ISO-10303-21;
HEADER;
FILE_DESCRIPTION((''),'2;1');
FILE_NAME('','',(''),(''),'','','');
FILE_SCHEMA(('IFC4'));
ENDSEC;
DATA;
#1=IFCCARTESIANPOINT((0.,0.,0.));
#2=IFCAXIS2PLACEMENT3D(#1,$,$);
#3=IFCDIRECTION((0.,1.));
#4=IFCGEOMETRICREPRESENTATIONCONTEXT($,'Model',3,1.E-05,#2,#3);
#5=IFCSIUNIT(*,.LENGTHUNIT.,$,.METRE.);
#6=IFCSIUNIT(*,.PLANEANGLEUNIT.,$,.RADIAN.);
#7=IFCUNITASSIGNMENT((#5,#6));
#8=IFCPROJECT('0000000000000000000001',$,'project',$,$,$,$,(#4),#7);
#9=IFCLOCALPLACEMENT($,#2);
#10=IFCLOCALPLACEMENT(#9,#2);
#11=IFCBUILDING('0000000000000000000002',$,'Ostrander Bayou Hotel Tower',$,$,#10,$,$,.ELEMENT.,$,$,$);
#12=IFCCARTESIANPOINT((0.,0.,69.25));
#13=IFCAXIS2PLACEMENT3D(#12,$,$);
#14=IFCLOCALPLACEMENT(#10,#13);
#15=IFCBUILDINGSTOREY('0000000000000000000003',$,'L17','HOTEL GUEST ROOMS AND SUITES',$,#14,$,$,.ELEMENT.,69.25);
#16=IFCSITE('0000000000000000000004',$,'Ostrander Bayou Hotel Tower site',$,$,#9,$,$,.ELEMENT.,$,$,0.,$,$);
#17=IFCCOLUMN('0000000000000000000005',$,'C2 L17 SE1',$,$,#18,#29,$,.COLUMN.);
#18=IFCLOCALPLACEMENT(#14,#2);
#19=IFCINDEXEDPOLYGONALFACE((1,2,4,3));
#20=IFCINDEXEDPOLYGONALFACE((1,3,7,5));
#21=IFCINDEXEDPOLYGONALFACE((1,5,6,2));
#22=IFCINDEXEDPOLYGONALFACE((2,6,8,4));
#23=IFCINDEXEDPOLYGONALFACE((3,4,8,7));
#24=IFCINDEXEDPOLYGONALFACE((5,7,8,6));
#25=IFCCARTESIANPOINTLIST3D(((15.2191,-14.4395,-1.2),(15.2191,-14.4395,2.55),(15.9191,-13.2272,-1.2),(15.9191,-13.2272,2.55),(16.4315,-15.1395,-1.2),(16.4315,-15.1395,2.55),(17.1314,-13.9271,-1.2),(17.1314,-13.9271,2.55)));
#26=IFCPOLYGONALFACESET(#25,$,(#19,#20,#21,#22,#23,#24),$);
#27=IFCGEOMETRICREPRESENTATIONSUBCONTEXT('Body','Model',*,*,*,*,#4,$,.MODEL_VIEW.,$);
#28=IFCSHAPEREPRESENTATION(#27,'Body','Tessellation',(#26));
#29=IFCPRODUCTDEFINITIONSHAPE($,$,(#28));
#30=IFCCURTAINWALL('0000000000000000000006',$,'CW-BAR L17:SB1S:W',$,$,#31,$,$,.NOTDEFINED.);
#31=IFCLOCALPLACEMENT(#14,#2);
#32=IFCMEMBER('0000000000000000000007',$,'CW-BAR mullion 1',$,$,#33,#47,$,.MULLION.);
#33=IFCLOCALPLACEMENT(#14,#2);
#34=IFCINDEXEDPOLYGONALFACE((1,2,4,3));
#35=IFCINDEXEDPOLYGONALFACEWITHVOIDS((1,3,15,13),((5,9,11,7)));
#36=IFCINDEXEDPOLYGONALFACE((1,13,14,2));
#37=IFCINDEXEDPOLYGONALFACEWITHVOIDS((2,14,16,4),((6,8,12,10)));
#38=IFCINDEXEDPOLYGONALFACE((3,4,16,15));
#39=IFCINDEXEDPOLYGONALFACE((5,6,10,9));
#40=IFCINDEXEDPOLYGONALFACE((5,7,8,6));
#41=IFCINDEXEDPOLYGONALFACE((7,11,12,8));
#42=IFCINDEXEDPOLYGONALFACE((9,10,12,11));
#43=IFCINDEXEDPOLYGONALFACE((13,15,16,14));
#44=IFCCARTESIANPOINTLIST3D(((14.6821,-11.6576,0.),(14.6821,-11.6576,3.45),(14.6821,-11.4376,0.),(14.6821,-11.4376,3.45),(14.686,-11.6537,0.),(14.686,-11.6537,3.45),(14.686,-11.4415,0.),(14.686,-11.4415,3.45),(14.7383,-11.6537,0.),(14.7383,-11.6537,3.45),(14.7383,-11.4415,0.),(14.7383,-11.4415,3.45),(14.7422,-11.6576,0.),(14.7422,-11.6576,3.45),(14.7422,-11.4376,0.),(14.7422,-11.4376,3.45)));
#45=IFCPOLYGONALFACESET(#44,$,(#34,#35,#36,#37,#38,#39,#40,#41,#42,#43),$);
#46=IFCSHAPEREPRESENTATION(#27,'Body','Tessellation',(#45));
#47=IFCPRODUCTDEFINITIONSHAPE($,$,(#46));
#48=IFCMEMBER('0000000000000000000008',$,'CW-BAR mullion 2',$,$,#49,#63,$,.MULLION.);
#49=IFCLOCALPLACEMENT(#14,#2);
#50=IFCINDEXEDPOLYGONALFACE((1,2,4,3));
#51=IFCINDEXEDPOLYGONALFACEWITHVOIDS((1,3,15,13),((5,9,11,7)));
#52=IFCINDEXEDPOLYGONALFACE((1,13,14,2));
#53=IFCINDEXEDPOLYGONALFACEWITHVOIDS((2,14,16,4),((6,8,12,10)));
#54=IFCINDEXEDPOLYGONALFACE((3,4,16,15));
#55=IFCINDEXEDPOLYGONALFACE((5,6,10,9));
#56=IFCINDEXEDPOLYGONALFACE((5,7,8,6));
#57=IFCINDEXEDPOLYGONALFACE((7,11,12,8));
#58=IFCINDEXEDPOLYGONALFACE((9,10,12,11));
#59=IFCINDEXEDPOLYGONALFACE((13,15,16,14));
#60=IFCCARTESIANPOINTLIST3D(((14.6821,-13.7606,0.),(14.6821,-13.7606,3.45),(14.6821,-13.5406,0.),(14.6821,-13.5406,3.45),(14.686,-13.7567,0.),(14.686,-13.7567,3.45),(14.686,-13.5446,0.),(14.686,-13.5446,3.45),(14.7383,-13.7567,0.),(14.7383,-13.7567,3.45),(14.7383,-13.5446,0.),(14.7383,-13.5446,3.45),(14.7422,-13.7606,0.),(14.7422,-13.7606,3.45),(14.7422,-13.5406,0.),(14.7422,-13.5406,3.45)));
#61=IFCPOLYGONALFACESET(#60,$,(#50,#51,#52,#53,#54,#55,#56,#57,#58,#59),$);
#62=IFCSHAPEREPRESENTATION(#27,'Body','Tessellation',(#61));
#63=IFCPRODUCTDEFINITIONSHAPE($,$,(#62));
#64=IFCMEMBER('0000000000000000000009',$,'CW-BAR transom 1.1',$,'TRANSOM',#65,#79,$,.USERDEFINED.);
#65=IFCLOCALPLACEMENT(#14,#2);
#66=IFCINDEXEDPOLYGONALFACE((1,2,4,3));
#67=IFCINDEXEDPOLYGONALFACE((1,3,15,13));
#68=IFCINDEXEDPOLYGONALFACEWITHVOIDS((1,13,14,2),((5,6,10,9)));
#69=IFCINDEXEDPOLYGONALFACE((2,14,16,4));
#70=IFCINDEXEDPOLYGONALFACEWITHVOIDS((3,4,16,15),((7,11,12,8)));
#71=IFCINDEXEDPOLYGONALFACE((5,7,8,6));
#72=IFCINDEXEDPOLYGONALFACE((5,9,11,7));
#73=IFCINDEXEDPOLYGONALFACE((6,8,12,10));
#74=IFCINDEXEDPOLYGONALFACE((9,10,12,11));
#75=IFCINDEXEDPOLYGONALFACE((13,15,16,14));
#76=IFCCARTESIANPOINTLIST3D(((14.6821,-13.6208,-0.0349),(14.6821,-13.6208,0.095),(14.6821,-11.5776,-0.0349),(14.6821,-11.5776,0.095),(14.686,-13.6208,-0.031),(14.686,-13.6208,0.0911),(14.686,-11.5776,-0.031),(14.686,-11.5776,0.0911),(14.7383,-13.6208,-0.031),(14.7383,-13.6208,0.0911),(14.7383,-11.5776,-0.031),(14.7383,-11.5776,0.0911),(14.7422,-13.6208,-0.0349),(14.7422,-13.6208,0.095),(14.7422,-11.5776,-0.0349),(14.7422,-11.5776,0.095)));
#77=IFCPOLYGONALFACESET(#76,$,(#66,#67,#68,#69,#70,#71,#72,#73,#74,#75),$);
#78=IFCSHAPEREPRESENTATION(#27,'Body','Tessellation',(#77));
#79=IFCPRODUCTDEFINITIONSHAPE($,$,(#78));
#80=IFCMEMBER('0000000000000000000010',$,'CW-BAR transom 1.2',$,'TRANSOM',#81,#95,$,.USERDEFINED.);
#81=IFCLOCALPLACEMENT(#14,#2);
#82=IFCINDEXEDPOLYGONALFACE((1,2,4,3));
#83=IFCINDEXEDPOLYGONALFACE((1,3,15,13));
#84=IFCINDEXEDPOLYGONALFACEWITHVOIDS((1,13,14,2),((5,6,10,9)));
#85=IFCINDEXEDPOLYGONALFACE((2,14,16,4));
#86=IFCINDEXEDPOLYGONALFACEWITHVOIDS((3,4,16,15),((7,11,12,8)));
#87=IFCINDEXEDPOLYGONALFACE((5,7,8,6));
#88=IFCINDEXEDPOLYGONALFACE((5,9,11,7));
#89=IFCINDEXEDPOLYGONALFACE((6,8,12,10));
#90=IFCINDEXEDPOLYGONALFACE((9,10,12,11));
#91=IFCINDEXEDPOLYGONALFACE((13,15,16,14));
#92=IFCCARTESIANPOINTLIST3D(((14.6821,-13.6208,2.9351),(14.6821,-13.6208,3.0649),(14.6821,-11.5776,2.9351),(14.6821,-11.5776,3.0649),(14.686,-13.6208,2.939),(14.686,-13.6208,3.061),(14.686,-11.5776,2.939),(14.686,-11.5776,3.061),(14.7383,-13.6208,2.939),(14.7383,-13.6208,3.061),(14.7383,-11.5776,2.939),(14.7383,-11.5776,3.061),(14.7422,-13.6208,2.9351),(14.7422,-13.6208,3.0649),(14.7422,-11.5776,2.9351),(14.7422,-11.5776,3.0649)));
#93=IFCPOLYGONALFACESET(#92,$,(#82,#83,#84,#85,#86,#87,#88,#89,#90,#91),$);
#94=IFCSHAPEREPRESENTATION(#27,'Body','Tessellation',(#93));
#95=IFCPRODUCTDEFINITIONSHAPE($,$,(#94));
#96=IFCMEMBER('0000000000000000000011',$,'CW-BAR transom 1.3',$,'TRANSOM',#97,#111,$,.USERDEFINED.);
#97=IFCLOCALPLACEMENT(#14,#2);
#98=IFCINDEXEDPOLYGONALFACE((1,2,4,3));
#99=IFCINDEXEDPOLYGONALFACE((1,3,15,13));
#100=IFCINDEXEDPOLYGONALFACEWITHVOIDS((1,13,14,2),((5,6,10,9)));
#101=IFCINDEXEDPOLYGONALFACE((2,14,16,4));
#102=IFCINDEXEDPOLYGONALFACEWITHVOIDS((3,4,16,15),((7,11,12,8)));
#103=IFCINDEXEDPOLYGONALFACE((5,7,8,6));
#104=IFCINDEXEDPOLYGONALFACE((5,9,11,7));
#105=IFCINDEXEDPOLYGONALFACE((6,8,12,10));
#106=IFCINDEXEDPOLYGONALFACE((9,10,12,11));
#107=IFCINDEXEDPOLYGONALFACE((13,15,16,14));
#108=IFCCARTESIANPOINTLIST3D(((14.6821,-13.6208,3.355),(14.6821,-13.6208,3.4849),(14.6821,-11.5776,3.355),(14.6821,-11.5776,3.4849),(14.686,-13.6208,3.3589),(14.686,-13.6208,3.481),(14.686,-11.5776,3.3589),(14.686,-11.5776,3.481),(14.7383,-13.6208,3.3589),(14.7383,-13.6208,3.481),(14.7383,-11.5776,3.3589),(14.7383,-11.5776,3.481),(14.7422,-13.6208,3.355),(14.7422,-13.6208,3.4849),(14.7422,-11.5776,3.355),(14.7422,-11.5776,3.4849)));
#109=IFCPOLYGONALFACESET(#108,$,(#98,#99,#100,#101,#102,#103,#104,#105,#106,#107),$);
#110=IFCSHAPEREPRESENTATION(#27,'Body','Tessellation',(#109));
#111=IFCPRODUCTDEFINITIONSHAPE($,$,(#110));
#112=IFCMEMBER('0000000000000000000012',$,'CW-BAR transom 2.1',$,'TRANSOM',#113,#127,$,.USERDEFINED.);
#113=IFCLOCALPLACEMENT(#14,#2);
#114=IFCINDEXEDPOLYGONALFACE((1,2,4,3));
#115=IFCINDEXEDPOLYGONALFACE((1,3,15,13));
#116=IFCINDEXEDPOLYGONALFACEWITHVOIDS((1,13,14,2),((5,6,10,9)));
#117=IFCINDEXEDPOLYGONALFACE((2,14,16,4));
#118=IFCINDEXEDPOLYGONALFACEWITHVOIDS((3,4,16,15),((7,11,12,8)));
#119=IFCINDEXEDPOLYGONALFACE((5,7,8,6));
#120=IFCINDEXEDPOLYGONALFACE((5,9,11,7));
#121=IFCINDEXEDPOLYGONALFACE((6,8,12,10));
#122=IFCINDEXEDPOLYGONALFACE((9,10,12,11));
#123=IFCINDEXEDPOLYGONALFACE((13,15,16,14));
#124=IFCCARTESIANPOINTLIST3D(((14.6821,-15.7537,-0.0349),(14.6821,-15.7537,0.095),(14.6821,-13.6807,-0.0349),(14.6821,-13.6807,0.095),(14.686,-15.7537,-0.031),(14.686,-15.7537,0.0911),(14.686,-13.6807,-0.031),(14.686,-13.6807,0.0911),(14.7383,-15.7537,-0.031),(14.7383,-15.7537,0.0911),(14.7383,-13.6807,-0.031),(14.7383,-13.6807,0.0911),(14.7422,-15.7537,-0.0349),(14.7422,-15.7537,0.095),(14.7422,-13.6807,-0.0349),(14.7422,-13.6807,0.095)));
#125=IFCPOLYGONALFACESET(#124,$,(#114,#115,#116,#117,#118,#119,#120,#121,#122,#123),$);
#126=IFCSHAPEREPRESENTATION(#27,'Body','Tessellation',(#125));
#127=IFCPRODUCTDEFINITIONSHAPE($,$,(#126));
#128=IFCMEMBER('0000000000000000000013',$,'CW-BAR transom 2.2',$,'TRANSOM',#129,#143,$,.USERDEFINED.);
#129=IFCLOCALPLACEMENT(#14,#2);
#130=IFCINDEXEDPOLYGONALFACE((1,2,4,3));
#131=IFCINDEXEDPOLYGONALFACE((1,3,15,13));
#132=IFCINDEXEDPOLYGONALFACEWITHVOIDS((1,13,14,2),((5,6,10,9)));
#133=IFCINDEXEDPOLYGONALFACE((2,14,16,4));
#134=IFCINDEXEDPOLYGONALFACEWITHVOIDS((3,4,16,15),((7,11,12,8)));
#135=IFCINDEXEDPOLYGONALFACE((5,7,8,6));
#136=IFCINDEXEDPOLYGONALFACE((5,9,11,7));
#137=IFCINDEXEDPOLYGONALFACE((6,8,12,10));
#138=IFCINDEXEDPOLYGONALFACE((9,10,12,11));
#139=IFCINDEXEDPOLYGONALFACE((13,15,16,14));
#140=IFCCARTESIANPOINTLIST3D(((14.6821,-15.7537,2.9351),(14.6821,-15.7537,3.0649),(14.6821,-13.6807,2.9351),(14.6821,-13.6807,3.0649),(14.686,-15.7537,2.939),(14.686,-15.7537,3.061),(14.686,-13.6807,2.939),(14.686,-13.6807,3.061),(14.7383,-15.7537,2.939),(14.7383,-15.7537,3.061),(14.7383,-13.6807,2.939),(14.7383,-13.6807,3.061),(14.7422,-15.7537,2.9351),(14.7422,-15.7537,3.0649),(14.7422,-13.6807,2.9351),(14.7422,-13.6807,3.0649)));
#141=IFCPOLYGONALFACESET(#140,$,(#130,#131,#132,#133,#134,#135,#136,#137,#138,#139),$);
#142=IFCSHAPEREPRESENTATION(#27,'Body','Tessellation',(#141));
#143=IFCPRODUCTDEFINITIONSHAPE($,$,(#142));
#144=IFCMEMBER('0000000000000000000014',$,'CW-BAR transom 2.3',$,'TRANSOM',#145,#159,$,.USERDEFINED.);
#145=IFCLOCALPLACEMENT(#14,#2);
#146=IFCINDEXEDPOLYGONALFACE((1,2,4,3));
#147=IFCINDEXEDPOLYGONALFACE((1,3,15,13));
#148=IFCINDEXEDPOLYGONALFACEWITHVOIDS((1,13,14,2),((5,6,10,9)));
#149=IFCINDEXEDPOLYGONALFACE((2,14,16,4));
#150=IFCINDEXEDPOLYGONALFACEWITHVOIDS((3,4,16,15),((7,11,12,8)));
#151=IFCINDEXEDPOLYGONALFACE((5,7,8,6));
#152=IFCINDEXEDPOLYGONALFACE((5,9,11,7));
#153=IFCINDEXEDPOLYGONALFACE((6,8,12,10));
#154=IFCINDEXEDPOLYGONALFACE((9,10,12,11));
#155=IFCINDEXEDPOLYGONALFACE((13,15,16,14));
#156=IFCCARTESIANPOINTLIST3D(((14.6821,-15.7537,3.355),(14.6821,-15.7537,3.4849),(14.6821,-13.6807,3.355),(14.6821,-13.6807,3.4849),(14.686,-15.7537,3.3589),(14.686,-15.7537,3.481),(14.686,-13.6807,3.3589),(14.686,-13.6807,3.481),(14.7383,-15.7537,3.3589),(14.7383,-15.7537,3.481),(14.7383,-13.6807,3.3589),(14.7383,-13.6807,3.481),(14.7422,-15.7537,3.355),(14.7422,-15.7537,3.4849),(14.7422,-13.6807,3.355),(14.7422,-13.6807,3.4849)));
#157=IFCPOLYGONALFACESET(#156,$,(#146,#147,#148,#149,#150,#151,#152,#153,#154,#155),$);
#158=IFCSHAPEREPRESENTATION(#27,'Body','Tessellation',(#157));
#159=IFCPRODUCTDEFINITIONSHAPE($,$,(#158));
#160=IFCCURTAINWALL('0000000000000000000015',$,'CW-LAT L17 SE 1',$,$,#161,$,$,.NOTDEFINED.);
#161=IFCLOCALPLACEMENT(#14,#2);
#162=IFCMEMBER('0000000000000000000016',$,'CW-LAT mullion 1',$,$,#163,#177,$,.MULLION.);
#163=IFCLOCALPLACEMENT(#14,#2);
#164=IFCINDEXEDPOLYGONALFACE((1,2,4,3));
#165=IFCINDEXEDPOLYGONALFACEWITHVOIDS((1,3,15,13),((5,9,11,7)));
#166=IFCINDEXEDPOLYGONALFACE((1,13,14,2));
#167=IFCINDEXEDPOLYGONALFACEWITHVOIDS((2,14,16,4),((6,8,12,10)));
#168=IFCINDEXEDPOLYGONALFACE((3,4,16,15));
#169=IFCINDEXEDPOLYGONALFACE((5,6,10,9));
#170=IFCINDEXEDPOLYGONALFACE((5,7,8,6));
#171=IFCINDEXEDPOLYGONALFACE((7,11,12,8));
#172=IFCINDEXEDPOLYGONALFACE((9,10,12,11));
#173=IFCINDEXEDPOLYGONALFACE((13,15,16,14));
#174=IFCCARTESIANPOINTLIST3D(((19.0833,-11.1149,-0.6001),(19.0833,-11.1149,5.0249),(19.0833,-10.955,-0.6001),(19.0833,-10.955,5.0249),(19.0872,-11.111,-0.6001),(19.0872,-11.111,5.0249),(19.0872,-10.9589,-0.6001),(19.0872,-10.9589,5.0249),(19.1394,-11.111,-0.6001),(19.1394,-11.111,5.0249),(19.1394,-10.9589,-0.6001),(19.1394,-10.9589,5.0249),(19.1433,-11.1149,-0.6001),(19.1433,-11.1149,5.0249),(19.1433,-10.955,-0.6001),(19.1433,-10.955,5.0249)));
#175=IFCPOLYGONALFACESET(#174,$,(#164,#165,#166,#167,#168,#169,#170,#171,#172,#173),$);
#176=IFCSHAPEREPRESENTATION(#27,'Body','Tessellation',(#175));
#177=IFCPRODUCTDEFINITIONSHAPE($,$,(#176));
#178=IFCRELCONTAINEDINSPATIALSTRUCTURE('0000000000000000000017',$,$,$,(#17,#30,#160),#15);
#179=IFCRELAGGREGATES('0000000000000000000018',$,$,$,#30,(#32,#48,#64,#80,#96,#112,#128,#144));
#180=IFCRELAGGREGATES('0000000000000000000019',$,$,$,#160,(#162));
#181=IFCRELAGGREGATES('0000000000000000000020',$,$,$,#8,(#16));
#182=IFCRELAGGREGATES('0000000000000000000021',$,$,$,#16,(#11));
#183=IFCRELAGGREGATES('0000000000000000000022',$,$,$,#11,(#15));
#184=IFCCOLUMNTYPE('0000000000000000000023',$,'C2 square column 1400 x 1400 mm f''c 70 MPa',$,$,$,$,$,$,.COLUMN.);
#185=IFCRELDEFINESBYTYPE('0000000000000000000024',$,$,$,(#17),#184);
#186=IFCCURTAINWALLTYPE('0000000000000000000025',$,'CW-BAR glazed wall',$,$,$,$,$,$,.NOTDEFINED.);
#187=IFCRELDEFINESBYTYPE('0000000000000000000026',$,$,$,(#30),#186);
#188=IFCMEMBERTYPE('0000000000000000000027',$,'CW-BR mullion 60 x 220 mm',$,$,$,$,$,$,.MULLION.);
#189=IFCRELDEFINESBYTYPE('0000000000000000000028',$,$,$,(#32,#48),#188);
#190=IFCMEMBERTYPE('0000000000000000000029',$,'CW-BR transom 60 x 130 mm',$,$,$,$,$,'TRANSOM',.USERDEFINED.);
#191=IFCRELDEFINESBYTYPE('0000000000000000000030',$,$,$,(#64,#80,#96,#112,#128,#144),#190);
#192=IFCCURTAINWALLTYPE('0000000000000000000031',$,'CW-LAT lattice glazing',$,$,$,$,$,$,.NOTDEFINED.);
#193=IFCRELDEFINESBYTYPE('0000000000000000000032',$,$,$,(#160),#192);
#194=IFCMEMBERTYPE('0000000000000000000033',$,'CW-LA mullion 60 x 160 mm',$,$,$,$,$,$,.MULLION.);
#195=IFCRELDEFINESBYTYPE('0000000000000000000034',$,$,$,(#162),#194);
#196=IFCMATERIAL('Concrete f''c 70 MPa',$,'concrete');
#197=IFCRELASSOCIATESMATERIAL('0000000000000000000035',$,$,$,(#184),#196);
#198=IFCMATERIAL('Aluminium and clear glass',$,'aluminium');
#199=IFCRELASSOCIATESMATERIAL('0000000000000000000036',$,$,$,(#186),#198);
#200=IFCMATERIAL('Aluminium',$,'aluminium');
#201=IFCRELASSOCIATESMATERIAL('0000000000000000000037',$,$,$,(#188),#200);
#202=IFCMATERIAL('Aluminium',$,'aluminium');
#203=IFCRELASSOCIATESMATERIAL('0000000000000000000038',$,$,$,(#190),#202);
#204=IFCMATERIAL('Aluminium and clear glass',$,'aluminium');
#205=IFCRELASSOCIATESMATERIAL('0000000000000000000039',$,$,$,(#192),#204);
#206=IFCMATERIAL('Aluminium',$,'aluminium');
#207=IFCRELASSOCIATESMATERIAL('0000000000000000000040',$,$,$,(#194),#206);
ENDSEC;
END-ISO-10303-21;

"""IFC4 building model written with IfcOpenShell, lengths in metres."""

from ifc_helpers import new_model, si_unit, direction, frame, origin, origin_2d, place, context, subcontext, project, spatial, rectangle, hollow_rectangle, extrude, material, material_profile, profile_set, type_object, element, aggregate, save


model = new_model("IFC4")

# Units and contexts
model_context = context("Model", 3, precision=1e-05, world=origin(), true_north=direction((0.0, 1.0)))
body_context = subcontext(model_context, "Body", "Model", "MODEL_VIEW")
ifc_project = project(units=[si_unit("LENGTHUNIT", "METRE"), si_unit("PLANEANGLEUNIT", "RADIAN")], contexts=[model_context])

# Site, building, storey
site_placement = place(None, origin())
site = spatial("IfcSite", under=ifc_project, at=site_placement, Name="Ostrander Bayou Hotel Tower site", CompositionType="ELEMENT", RefElevation=0.0)
building_placement = place(site_placement, origin())
building = spatial("IfcBuilding", under=site, at=building_placement, Name="Ostrander Bayou Hotel Tower", CompositionType="ELEMENT")
storey_placement = place(building_placement, frame((0.0, 0.0, 69.25)))
storey = spatial("IfcBuildingStorey", under=building, at=storey_placement, Name="L17", Description="HOTEL GUEST ROOMS AND SUITES", CompositionType="ELEMENT", Elevation=69.25)

# Column
ifc_material_1 = material(Name="Concrete f'c 70 MPa", Category="concrete")
ifc_material_profile_1 = material_profile(ifc_material_1, rectangle(XDim=1.3999, YDim=1.3999, at=origin_2d()))
ifc_profile_set_1 = profile_set([ifc_material_profile_1], Name="Concrete f'c 70 MPa")
column_type = type_object("IfcColumnType", Name="C2 square column 1400 x 1400 mm f'c 70 MPa", PredefinedType="COLUMN", material=ifc_profile_set_1)
column_placement = place(storey_placement, frame((16.1753, -14.1833, -1.2), z_axis=(0.0, 0.0, 1.0), x_axis=(-0.5, -0.866025, 0.0)))
element("IfcColumn", 1, at=column_placement, inside=storey, type_object=column_type, Name="C2 L17 SE1", PredefinedType="COLUMN", context=body_context, shape_type="SweptSolid", body=[
    extrude(rectangle(XDim=1.3999, YDim=1.3999, at=origin_2d()), origin(), (0.0, 0.0, 1.0), 3.75),
])

# Curtain wall, members
ifc_material_2 = material(Name="Aluminium and clear glass", Category="aluminium")
curtain_wall_type_1 = type_object("IfcCurtainWallType", Name="CW-BAR glazed wall", PredefinedType="NOTDEFINED", material=ifc_material_2)
curtain_wall_1_placement = place(storey_placement, origin())
curtain_wall_1 = element("IfcCurtainWall", 2, at=curtain_wall_1_placement, inside=storey, type_object=curtain_wall_type_1, Name="CW-BAR L17:SB1S:W", PredefinedType="NOTDEFINED")
ifc_material_3 = material(Name="Aluminium", Category="aluminium")
ifc_material_profile_2 = material_profile(ifc_material_3, hollow_rectangle(XDim=0.0601, YDim=0.22, WallThickness=0.0039, at=origin_2d()))
ifc_profile_set_2 = profile_set([ifc_material_profile_2], Name="Aluminium")
member_type_1 = type_object("IfcMemberType", Name="CW-BR mullion 60 x 220 mm", PredefinedType="MULLION", material=ifc_profile_set_2)
member_1_placement = place(storey_placement, frame((14.7122, -11.5476, 0.0), z_axis=(0.0, 0.0, 1.0), x_axis=(1.0, 0.0, 0.0)))
member_1 = element("IfcMember", 3, at=member_1_placement, type_object=member_type_1, Name="CW-BAR mullion 1", PredefinedType="MULLION", context=body_context, shape_type="SweptSolid", body=[
    extrude(hollow_rectangle(XDim=0.0601, YDim=0.22, WallThickness=0.0039, at=origin_2d()), origin(), (0.0, 0.0, 1.0), 3.45),
])
member_2_placement = place(storey_placement, frame((14.7122, -13.6506, 0.0), z_axis=(0.0, 0.0, 1.0), x_axis=(1.0, 0.0, 0.0)))
member_2 = element("IfcMember", 4, at=member_2_placement, type_object=member_type_1, Name="CW-BAR mullion 2", PredefinedType="MULLION", context=body_context, shape_type="SweptSolid", body=[
    extrude(hollow_rectangle(XDim=0.0601, YDim=0.22, WallThickness=0.0039, at=origin_2d()), origin(), (0.0, 0.0, 1.0), 3.45),
])
ifc_material_4 = material(Name="Aluminium", Category="aluminium")
ifc_material_profile_3 = material_profile(ifc_material_4, hollow_rectangle(XDim=0.0601, YDim=0.1299, WallThickness=0.0039, at=origin_2d()))
ifc_profile_set_3 = profile_set([ifc_material_profile_3], Name="Aluminium")
member_type_2 = type_object("IfcMemberType", Name="CW-BR transom 60 x 130 mm", ElementType="TRANSOM", PredefinedType="USERDEFINED", material=ifc_profile_set_3)
member_3_placement = place(storey_placement, frame((14.7122, -11.5776, 0.03), z_axis=(0.0, -1.0, 0.0), x_axis=(1.0, 0.0, 0.0)))
member_3 = element("IfcMember", 5, at=member_3_placement, type_object=member_type_2, Name="CW-BAR transom 1.1", ObjectType="TRANSOM", PredefinedType="USERDEFINED", context=body_context, shape_type="SweptSolid", body=[
    extrude(hollow_rectangle(XDim=0.0601, YDim=0.1299, WallThickness=0.0039, at=origin_2d()), origin(), (0.0, 0.0, 1.0), 2.0432),
])
member_4_placement = place(storey_placement, frame((14.7122, -11.5776, 3.0), z_axis=(0.0, -1.0, 0.0), x_axis=(1.0, 0.0, 0.0)))
member_4 = element("IfcMember", 6, at=member_4_placement, type_object=member_type_2, Name="CW-BAR transom 1.2", ObjectType="TRANSOM", PredefinedType="USERDEFINED", context=body_context, shape_type="SweptSolid", body=[
    extrude(hollow_rectangle(XDim=0.0601, YDim=0.1299, WallThickness=0.0039, at=origin_2d()), origin(), (0.0, 0.0, 1.0), 2.0432),
])
member_5_placement = place(storey_placement, frame((14.7122, -11.5776, 3.4199), z_axis=(0.0, -1.0, 0.0), x_axis=(1.0, 0.0, 0.0)))
member_5 = element("IfcMember", 7, at=member_5_placement, type_object=member_type_2, Name="CW-BAR transom 1.3", ObjectType="TRANSOM", PredefinedType="USERDEFINED", context=body_context, shape_type="SweptSolid", body=[
    extrude(hollow_rectangle(XDim=0.0601, YDim=0.1299, WallThickness=0.0039, at=origin_2d()), origin(), (0.0, 0.0, 1.0), 2.0432),
])
member_6_placement = place(storey_placement, frame((14.7122, -13.6807, 0.03), z_axis=(0.0, -1.0, 0.0), x_axis=(1.0, 0.0, 0.0)))
member_6 = element("IfcMember", 8, at=member_6_placement, type_object=member_type_2, Name="CW-BAR transom 2.1", ObjectType="TRANSOM", PredefinedType="USERDEFINED", context=body_context, shape_type="SweptSolid", body=[
    extrude(hollow_rectangle(XDim=0.0601, YDim=0.1299, WallThickness=0.0039, at=origin_2d()), origin(), (0.0, 0.0, 1.0), 2.073),
])
member_7_placement = place(storey_placement, frame((14.7122, -13.6807, 3.0), z_axis=(0.0, -1.0, 0.0), x_axis=(1.0, 0.0, 0.0)))
member_7 = element("IfcMember", 9, at=member_7_placement, type_object=member_type_2, Name="CW-BAR transom 2.2", ObjectType="TRANSOM", PredefinedType="USERDEFINED", context=body_context, shape_type="SweptSolid", body=[
    extrude(hollow_rectangle(XDim=0.0601, YDim=0.1299, WallThickness=0.0039, at=origin_2d()), origin(), (0.0, 0.0, 1.0), 2.073),
])
member_8_placement = place(storey_placement, frame((14.7122, -13.6807, 3.4199), z_axis=(0.0, -1.0, 0.0), x_axis=(1.0, 0.0, 0.0)))
member_8 = element("IfcMember", 10, at=member_8_placement, type_object=member_type_2, Name="CW-BAR transom 2.3", ObjectType="TRANSOM", PredefinedType="USERDEFINED", context=body_context, shape_type="SweptSolid", body=[
    extrude(hollow_rectangle(XDim=0.0601, YDim=0.1299, WallThickness=0.0039, at=origin_2d()), origin(), (0.0, 0.0, 1.0), 2.073),
])

# Curtain wall, member
ifc_material_5 = material(Name="Aluminium and clear glass", Category="aluminium")
curtain_wall_type_2 = type_object("IfcCurtainWallType", Name="CW-LAT lattice glazing", PredefinedType="NOTDEFINED", material=ifc_material_5)
curtain_wall_2_placement = place(storey_placement, origin())
curtain_wall_2 = element("IfcCurtainWall", 11, at=curtain_wall_2_placement, inside=storey, type_object=curtain_wall_type_2, Name="CW-LAT L17 SE 1", PredefinedType="NOTDEFINED")
ifc_material_6 = material(Name="Aluminium", Category="aluminium")
ifc_material_profile_4 = material_profile(ifc_material_6, hollow_rectangle(XDim=0.0601, YDim=0.1599, WallThickness=0.0039, at=origin_2d()))
ifc_profile_set_4 = profile_set([ifc_material_profile_4], Name="Aluminium")
member_type_3 = type_object("IfcMemberType", Name="CW-LA mullion 60 x 160 mm", PredefinedType="MULLION", material=ifc_profile_set_4)
member_9_placement = place(storey_placement, frame((19.1133, -11.0349, -0.6001), z_axis=(0.0, 0.0, 1.0), x_axis=(1.0, 0.0, 0.0)))
member_9 = element("IfcMember", 12, at=member_9_placement, type_object=member_type_3, Name="CW-LAT mullion 1", PredefinedType="MULLION", context=body_context, shape_type="SweptSolid", body=[
    extrude(hollow_rectangle(XDim=0.0601, YDim=0.1599, WallThickness=0.0039, at=origin_2d()), origin(), (0.0, 0.0, 1.0), 5.625),
])

aggregate(curtain_wall_1, [member_1, member_2, member_3, member_4, member_5, member_6, member_7, member_8])
aggregate(curtain_wall_2, [member_9])

save(model, "model.ifc")
